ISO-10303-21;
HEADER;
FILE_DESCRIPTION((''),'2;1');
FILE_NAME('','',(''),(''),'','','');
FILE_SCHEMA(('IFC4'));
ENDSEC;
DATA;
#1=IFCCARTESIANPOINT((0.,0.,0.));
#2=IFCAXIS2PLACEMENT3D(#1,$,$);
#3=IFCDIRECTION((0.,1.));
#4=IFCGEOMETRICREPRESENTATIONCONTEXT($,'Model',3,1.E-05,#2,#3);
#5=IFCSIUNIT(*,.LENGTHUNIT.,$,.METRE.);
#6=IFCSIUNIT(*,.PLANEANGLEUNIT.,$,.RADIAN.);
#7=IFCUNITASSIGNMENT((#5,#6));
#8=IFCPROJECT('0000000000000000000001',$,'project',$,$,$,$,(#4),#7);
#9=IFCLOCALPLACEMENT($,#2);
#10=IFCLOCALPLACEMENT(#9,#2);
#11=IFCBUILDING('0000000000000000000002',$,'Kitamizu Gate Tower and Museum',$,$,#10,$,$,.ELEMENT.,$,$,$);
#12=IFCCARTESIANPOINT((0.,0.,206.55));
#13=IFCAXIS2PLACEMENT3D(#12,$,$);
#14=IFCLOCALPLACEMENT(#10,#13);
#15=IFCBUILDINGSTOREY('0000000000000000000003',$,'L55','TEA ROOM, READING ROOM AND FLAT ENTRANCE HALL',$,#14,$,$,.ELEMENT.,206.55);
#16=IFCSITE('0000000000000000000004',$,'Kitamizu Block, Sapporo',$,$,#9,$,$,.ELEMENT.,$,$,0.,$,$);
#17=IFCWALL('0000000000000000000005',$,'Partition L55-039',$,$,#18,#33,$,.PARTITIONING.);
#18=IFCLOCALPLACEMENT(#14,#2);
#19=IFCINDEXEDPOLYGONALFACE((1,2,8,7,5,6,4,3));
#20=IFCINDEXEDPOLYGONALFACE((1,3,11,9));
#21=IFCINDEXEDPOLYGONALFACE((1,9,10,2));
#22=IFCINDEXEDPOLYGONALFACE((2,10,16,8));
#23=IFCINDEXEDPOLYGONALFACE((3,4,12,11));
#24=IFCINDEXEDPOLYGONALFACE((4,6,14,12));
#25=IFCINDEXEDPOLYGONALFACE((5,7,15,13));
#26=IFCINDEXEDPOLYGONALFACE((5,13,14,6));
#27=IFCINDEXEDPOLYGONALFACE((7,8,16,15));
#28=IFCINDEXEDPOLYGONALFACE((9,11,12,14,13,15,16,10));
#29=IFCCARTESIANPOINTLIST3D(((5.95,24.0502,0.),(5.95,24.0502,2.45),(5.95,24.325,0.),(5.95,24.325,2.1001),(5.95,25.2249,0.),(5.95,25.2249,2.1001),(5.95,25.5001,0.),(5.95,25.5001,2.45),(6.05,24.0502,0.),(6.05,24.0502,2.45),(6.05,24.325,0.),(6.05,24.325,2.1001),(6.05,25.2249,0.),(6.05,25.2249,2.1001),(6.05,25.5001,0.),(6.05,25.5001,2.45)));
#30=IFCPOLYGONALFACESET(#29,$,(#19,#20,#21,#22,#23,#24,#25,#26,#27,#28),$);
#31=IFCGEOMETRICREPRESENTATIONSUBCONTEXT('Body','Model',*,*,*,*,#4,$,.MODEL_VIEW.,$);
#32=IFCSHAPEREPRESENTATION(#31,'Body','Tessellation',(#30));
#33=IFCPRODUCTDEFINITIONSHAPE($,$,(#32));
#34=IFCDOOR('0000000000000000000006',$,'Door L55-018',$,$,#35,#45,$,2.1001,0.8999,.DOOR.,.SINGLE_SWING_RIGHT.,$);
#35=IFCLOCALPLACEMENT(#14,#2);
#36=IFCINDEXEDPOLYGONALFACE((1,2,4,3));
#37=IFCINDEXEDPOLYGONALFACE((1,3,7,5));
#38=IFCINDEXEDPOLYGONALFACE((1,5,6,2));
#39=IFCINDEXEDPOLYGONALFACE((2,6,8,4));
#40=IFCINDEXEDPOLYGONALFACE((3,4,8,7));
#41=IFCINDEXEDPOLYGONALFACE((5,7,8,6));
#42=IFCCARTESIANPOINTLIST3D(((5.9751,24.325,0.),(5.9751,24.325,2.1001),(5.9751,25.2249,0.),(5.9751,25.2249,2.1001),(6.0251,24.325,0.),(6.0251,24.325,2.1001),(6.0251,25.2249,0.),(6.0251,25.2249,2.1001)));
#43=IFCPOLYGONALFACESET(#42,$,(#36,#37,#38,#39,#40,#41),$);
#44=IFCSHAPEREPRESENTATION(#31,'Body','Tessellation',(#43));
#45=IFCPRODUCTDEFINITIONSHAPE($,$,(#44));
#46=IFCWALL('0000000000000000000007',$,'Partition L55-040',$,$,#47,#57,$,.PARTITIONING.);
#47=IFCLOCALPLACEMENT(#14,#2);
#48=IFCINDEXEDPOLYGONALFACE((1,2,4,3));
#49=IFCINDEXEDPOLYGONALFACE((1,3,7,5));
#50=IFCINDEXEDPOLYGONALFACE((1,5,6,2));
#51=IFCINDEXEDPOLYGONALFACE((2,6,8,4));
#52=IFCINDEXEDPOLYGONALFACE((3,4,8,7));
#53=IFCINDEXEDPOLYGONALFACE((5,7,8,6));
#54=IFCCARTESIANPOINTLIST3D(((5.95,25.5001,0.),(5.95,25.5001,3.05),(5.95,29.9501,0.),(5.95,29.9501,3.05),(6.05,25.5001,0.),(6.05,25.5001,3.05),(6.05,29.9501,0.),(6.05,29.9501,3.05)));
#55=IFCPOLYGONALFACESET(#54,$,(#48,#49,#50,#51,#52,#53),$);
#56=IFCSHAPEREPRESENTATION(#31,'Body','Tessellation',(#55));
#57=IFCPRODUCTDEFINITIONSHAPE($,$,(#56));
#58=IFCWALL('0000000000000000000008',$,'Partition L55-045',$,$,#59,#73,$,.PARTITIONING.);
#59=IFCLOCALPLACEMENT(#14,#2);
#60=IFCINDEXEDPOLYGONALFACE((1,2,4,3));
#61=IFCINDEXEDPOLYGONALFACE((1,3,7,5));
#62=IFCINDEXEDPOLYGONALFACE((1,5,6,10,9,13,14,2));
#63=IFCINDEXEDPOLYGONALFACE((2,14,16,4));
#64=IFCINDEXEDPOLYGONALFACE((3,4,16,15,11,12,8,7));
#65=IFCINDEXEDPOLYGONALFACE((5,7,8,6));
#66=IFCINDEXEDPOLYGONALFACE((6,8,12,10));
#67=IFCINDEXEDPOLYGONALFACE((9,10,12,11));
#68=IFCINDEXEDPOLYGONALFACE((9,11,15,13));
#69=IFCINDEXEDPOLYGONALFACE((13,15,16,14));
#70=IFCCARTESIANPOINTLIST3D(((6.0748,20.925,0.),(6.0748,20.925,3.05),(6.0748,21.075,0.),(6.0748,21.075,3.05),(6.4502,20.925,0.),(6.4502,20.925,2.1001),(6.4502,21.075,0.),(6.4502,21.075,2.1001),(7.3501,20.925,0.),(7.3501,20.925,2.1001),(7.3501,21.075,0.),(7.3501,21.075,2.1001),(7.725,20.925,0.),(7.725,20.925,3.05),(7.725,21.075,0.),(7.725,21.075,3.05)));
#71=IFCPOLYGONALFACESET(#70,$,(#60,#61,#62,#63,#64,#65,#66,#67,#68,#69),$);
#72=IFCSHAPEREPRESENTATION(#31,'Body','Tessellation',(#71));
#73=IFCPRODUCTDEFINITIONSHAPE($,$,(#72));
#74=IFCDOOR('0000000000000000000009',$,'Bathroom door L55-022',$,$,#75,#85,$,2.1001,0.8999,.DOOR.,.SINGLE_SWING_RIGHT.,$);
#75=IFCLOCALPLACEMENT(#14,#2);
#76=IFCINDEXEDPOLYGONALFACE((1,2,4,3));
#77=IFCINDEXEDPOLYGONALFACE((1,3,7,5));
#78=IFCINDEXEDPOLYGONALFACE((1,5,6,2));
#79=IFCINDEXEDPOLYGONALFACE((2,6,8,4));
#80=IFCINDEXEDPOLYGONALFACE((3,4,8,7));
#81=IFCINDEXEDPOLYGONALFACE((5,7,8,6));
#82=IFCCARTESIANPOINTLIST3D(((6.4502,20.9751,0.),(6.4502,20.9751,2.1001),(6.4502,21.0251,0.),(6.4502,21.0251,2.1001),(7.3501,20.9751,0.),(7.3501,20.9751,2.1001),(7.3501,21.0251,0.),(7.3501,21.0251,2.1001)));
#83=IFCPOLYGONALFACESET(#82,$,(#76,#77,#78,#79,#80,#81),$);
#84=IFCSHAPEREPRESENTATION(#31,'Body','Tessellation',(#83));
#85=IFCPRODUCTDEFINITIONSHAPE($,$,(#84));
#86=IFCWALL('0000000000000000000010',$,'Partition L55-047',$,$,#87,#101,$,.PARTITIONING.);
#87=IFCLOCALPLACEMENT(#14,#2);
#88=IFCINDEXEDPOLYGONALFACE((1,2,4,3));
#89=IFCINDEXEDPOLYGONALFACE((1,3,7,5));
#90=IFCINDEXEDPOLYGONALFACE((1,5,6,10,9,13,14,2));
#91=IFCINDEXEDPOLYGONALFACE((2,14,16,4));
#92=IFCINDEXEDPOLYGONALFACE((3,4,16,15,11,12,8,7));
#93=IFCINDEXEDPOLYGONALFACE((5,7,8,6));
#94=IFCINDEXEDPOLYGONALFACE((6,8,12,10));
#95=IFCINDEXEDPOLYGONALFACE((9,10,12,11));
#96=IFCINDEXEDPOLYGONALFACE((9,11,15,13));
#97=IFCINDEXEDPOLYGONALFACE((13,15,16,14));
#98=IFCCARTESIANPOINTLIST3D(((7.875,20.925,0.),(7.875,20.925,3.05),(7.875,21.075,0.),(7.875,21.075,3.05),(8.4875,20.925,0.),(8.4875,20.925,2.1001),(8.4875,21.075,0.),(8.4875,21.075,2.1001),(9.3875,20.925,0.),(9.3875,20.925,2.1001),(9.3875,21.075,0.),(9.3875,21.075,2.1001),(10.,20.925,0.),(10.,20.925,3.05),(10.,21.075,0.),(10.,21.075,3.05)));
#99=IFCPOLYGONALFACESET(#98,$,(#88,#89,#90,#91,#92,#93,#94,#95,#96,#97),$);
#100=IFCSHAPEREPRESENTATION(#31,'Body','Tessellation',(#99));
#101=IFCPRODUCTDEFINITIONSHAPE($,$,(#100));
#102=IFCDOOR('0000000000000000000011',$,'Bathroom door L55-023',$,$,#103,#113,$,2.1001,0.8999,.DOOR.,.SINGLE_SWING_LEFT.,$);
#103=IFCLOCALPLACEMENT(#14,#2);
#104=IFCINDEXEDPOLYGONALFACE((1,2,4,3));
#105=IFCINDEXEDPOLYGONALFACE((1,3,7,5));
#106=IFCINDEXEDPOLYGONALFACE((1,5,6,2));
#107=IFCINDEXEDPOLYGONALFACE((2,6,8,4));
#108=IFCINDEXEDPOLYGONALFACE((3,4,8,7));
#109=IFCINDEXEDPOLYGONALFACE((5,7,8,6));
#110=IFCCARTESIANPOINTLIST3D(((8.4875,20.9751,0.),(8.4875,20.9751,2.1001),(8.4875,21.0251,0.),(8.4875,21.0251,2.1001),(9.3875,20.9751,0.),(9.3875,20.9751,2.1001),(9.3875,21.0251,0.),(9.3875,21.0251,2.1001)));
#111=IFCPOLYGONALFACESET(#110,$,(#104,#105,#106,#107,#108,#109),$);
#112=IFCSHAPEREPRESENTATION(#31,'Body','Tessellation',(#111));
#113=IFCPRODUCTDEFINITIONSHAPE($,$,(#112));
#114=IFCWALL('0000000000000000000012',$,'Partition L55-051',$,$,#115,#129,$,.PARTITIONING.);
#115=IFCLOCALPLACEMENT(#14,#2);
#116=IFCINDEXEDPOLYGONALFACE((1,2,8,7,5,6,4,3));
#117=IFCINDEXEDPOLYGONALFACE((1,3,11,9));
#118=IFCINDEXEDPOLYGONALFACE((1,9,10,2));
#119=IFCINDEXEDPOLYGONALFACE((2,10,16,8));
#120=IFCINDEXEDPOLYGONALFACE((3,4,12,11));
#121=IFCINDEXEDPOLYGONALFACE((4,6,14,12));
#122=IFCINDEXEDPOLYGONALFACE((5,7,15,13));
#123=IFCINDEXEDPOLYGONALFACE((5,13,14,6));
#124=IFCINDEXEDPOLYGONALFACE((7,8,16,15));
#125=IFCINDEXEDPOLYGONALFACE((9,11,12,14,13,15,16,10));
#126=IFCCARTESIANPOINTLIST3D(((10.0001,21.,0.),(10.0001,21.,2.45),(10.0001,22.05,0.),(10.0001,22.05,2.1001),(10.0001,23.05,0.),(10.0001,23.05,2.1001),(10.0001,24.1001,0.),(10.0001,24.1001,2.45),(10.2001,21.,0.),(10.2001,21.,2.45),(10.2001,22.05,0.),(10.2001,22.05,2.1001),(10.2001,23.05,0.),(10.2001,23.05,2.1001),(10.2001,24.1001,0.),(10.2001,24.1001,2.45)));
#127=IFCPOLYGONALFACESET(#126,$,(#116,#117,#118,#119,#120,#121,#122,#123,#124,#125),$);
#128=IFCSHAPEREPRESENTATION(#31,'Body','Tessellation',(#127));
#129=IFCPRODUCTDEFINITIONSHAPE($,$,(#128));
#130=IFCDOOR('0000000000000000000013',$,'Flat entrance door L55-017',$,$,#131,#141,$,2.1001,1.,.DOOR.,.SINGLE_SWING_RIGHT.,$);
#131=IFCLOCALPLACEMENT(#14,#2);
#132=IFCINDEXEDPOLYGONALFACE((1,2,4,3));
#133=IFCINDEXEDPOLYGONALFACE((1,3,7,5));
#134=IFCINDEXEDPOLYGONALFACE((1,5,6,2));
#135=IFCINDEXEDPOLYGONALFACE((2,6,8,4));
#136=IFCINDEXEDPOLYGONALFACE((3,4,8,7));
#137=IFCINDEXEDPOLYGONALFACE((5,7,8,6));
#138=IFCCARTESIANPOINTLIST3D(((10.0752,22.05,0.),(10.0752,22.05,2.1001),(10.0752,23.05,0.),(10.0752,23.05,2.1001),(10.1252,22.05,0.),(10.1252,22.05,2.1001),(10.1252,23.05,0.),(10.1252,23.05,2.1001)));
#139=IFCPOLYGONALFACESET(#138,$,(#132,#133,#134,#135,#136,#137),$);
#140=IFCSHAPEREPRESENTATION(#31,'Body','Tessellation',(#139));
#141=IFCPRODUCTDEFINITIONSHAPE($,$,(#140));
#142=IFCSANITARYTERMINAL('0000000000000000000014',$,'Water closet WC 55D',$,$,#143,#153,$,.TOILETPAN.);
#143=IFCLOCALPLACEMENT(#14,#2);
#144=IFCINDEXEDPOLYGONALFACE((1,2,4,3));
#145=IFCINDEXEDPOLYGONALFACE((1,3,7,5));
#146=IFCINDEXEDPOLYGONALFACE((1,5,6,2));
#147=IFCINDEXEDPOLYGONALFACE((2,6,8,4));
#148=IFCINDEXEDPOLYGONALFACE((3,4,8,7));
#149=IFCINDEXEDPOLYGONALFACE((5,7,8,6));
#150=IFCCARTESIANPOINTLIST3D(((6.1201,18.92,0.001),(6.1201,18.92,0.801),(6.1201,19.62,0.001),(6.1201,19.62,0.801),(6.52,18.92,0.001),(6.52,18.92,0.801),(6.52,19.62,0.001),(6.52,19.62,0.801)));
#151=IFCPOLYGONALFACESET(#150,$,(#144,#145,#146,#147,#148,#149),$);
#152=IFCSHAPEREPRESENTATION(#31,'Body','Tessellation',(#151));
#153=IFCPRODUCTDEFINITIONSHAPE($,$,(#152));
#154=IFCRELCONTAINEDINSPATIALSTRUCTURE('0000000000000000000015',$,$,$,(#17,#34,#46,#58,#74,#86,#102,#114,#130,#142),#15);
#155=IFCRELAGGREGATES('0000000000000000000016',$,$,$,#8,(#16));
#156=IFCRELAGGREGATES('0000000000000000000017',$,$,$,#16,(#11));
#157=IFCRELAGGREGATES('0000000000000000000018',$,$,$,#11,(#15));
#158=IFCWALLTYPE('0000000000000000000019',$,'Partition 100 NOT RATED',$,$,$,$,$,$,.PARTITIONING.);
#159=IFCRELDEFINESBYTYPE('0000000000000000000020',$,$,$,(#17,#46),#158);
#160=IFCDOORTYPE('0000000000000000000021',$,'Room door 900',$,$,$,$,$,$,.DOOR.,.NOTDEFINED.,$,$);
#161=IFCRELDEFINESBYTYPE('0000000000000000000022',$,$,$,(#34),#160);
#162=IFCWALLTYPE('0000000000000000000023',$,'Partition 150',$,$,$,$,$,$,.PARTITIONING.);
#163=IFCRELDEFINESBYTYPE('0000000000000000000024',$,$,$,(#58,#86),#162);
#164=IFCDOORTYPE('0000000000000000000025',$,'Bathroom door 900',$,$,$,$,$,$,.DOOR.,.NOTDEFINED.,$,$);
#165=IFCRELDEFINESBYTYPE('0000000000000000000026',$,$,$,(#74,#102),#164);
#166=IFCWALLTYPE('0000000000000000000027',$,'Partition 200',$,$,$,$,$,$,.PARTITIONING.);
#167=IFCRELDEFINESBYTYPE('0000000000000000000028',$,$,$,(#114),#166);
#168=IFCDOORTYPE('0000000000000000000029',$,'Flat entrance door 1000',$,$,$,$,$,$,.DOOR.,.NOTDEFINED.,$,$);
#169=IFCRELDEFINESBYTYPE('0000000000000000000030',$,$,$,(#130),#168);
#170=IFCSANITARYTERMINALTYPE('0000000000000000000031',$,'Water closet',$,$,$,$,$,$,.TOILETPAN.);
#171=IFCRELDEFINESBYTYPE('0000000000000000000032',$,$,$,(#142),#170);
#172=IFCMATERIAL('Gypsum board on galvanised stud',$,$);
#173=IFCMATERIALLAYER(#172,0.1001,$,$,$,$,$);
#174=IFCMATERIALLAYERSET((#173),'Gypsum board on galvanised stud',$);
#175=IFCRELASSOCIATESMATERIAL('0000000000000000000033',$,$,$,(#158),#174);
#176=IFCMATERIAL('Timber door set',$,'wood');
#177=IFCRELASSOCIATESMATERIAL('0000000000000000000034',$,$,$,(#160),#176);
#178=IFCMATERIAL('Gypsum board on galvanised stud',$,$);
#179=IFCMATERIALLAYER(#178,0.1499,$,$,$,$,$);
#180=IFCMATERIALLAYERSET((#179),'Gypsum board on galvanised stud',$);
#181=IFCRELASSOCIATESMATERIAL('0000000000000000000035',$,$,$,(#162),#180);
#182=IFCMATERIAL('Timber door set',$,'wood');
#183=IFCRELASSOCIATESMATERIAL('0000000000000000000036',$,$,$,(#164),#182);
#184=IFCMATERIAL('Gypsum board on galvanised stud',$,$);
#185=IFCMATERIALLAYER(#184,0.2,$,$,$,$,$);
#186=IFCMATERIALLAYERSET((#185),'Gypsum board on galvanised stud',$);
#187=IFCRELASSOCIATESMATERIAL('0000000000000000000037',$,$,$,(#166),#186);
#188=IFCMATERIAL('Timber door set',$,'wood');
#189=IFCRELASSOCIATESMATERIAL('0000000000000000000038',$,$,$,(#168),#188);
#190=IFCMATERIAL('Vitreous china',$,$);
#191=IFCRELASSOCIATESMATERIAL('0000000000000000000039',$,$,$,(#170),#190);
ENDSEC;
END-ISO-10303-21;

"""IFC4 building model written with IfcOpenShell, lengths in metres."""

from ifc_helpers import new_model, si_unit, direction, frame, frame_2d, origin, origin_2d, place, context, subcontext, project, spatial, rectangle, extrude, material, layer, layer_set, type_object, element, fill, save


model = new_model("IFC4")

# Units and contexts
model_context = context("Model", 3, precision=1e-05, world=origin(), true_north=direction((0.0, 1.0)))
body_context = subcontext(model_context, "Body", "Model", "MODEL_VIEW")
ifc_project = project(units=[si_unit("LENGTHUNIT", "METRE"), si_unit("PLANEANGLEUNIT", "RADIAN")], contexts=[model_context])

# Site, building, storey
site_placement = place(None, origin())
site = spatial("IfcSite", under=ifc_project, at=site_placement, Name="Kitamizu Block, Sapporo", CompositionType="ELEMENT", RefElevation=0.0)
building_placement = place(site_placement, origin())
building = spatial("IfcBuilding", under=site, at=building_placement, Name="Kitamizu Gate Tower and Museum", CompositionType="ELEMENT")
storey_placement = place(building_placement, frame((0.0, 0.0, 206.55)))
storey = spatial("IfcBuildingStorey", under=building, at=storey_placement, Name="L55", Description="TEA ROOM, READING ROOM AND FLAT ENTRANCE HALL", CompositionType="ELEMENT", Elevation=206.55)

# Shared definitions
ifc_material_1 = material(Name="Gypsum board on galvanised stud")
ifc_layer_1 = layer(ifc_material_1, 0.1001)
ifc_layer_set_1 = layer_set([ifc_layer_1], Name="Gypsum board on galvanised stud")
wall_type_1 = type_object("IfcWallType", Name="Partition 100 NOT RATED", PredefinedType="PARTITIONING", material=ifc_layer_set_1)
ifc_material_2 = material(Name="Timber door set", Category="wood")
door_type_1 = type_object("IfcDoorType", Name="Room door 900", OperationType="NOTDEFINED", PredefinedType="DOOR", material=ifc_material_2)

# Wall, opening, door
wall_1_placement = place(storey_placement, frame((6.0, 24.05, 0.0), z_axis=(0.0, 0.0, 1.0), x_axis=(0.0, 1.0, 0.0)))
wall_1 = element("IfcWall", 1, at=wall_1_placement, inside=storey, type_object=wall_type_1, Name="Partition L55-039", PredefinedType="PARTITIONING", context=body_context, shape_type="SweptSolid", body=[
    extrude(rectangle(XDim=1.45, YDim=0.1001, at=frame_2d((0.7251, 0.0))), origin(), (0.0, 0.0, 1.0), 2.45),
])
opening_1_placement = place(wall_1_placement, frame((0.2749, 0.0, 0.0)))
opening_1 = element("IfcOpeningElement", 2, at=opening_1_placement, cuts=wall_1, PredefinedType="OPENING", context=body_context, shape_type="SweptSolid", body=[
    extrude(rectangle(XDim=0.8999, YDim=2.1001, at=frame_2d((0.45, 1.05))), frame((0.0, 0.0601, 0.0), z_axis=(0.0, -1.0, 0.0), x_axis=(1.0, 0.0, 0.0)), (0.0, 0.0, 1.0), 0.1201),
])
door_1_placement = place(opening_1_placement, origin())
door_1 = element("IfcDoor", 3, at=door_1_placement, inside=storey, type_object=door_type_1, Name="Door L55-018", OperationType="SINGLE_SWING_RIGHT", OverallHeight=2.1001, OverallWidth=0.8999, PredefinedType="DOOR", context=body_context, shape_type="SweptSolid", body=[
    extrude(rectangle(XDim=0.8999, YDim=2.1001, at=frame_2d((0.45, 1.05))), frame((0.0, 0.0249, 0.0), z_axis=(0.0, -1.0, 0.0), x_axis=(1.0, 0.0, 0.0)), (0.0, 0.0, 1.0), 0.05),
])
fill(opening_1, door_1)

# Wall
wall_2_placement = place(storey_placement, frame((6.0, 25.5, 0.0), z_axis=(0.0, 0.0, 1.0), x_axis=(0.0, 1.0, 0.0)))
element("IfcWall", 4, at=wall_2_placement, inside=storey, type_object=wall_type_1, Name="Partition L55-040", PredefinedType="PARTITIONING", context=body_context, shape_type="SweptSolid", body=[
    extrude(rectangle(XDim=4.45, YDim=0.1001, at=frame_2d((2.2251, 0.0))), origin(), (0.0, 0.0, 1.0), 3.05),
])

# Walls, openings, doors
ifc_material_3 = material(Name="Gypsum board on galvanised stud")
ifc_layer_2 = layer(ifc_material_3, 0.1499)
ifc_layer_set_2 = layer_set([ifc_layer_2], Name="Gypsum board on galvanised stud")
wall_type_2 = type_object("IfcWallType", Name="Partition 150", PredefinedType="PARTITIONING", material=ifc_layer_set_2)
wall_3_placement = place(storey_placement, frame((7.7251, 21.0, 0.0), z_axis=(0.0, 0.0, 1.0), x_axis=(-1.0, 0.0, 0.0)))
wall_3 = element("IfcWall", 5, at=wall_3_placement, inside=storey, type_object=wall_type_2, Name="Partition L55-045", PredefinedType="PARTITIONING", context=body_context, shape_type="SweptSolid", body=[
    extrude(rectangle(XDim=1.6501, YDim=0.1499, at=frame_2d((0.8252, 0.0))), origin(), (0.0, 0.0, 1.0), 3.05),
])
opening_2_placement = place(wall_3_placement, frame((0.375, 0.0, 0.0)))
opening_2 = element("IfcOpeningElement", 6, at=opening_2_placement, cuts=wall_3, PredefinedType="OPENING", context=body_context, shape_type="SweptSolid", body=[
    extrude(rectangle(XDim=0.8999, YDim=2.1001, at=frame_2d((0.45, 1.05))), frame((0.0, 0.085, 0.0), z_axis=(0.0, -1.0, 0.0), x_axis=(1.0, 0.0, 0.0)), (0.0, 0.0, 1.0), 0.1699),
])
ifc_material_4 = material(Name="Timber door set", Category="wood")
door_type_2 = type_object("IfcDoorType", Name="Bathroom door 900", OperationType="NOTDEFINED", PredefinedType="DOOR", material=ifc_material_4)
door_2_placement = place(opening_2_placement, origin())
door_2 = element("IfcDoor", 7, at=door_2_placement, inside=storey, type_object=door_type_2, Name="Bathroom door L55-022", OperationType="SINGLE_SWING_RIGHT", OverallHeight=2.1001, OverallWidth=0.8999, PredefinedType="DOOR", context=body_context, shape_type="SweptSolid", body=[
    extrude(rectangle(XDim=0.8999, YDim=2.1001, at=frame_2d((0.45, 1.05))), frame((0.0, 0.0249, 0.0), z_axis=(0.0, -1.0, 0.0), x_axis=(1.0, 0.0, 0.0)), (0.0, 0.0, 1.0), 0.05),
])
fill(opening_2, door_2)
wall_4_placement = place(storey_placement, frame((10.0, 21.0, 0.0), z_axis=(0.0, 0.0, 1.0), x_axis=(-1.0, 0.0, 0.0)))
wall_4 = element("IfcWall", 8, at=wall_4_placement, inside=storey, type_object=wall_type_2, Name="Partition L55-047", PredefinedType="PARTITIONING", context=body_context, shape_type="SweptSolid", body=[
    extrude(rectangle(XDim=2.125, YDim=0.1499, at=frame_2d((1.0625, 0.0))), origin(), (0.0, 0.0, 1.0), 3.05),
])
opening_3_placement = place(wall_4_placement, frame((0.6125, 0.0, 0.0)))
opening_3 = element("IfcOpeningElement", 9, at=opening_3_placement, cuts=wall_4, PredefinedType="OPENING", context=body_context, shape_type="SweptSolid", body=[
    extrude(rectangle(XDim=0.8999, YDim=2.1001, at=frame_2d((0.45, 1.05))), frame((0.0, 0.085, 0.0), z_axis=(0.0, -1.0, 0.0), x_axis=(1.0, 0.0, 0.0)), (0.0, 0.0, 1.0), 0.1699),
])
door_3_placement = place(opening_3_placement, origin())
door_3 = element("IfcDoor", 10, at=door_3_placement, inside=storey, type_object=door_type_2, Name="Bathroom door L55-023", OperationType="SINGLE_SWING_LEFT", OverallHeight=2.1001, OverallWidth=0.8999, PredefinedType="DOOR", context=body_context, shape_type="SweptSolid", body=[
    extrude(rectangle(XDim=0.8999, YDim=2.1001, at=frame_2d((0.45, 1.05))), frame((0.0, 0.0249, 0.0), z_axis=(0.0, -1.0, 0.0), x_axis=(1.0, 0.0, 0.0)), (0.0, 0.0, 1.0), 0.05),
])
fill(opening_3, door_3)
ifc_material_5 = material(Name="Gypsum board on galvanised stud")
ifc_layer_3 = layer(ifc_material_5, 0.2)
ifc_layer_set_3 = layer_set([ifc_layer_3], Name="Gypsum board on galvanised stud")
wall_type_3 = type_object("IfcWallType", Name="Partition 200", PredefinedType="PARTITIONING", material=ifc_layer_set_3)
wall_5_placement = place(storey_placement, frame((10.1001, 21.0, 0.0), z_axis=(0.0, 0.0, 1.0), x_axis=(0.0, 1.0, 0.0)))
wall_5 = element("IfcWall", 11, at=wall_5_placement, inside=storey, type_object=wall_type_3, Name="Partition L55-051", PredefinedType="PARTITIONING", context=body_context, shape_type="SweptSolid", body=[
    extrude(rectangle(XDim=3.1001, YDim=0.2, at=frame_2d((1.55, 0.0))), origin(), (0.0, 0.0, 1.0), 2.45),
])
opening_4_placement = place(wall_5_placement, frame((1.05, 0.0, 0.0)))
opening_4 = element("IfcOpeningElement", 12, at=opening_4_placement, cuts=wall_5, PredefinedType="OPENING", context=body_context, shape_type="SweptSolid", body=[
    extrude(rectangle(XDim=1.0, YDim=2.1001, at=frame_2d((0.5, 1.05))), frame((0.0, 0.1099, 0.0), z_axis=(0.0, -1.0, 0.0), x_axis=(1.0, 0.0, 0.0)), (0.0, 0.0, 1.0), 0.22),
])
ifc_material_6 = material(Name="Timber door set", Category="wood")
door_type_3 = type_object("IfcDoorType", Name="Flat entrance door 1000", OperationType="NOTDEFINED", PredefinedType="DOOR", material=ifc_material_6)
door_4_placement = place(opening_4_placement, origin())
door_4 = element("IfcDoor", 13, at=door_4_placement, inside=storey, type_object=door_type_3, Name="Flat entrance door L55-017", OperationType="SINGLE_SWING_RIGHT", OverallHeight=2.1001, OverallWidth=1.0, PredefinedType="DOOR", context=body_context, shape_type="SweptSolid", body=[
    extrude(rectangle(XDim=1.0, YDim=2.1001, at=frame_2d((0.5, 1.05))), frame((0.0, 0.0249, 0.0), z_axis=(0.0, -1.0, 0.0), x_axis=(1.0, 0.0, 0.0)), (0.0, 0.0, 1.0), 0.05),
])
fill(opening_4, door_4)

# Sanitary terminal
ifc_material_7 = material(Name="Vitreous china")
sanitary_terminal_type = type_object("IfcSanitaryTerminalType", Name="Water closet", PredefinedType="TOILETPAN", material=ifc_material_7)
sanitary_terminal_placement = place(storey_placement, frame((6.3201, 19.27, 0.001), z_axis=(0.0, 0.0, 1.0), x_axis=(1.0, 0.0, 0.0)))
element("IfcSanitaryTerminal", 14, at=sanitary_terminal_placement, inside=storey, type_object=sanitary_terminal_type, Name="Water closet WC 55D", PredefinedType="TOILETPAN", context=body_context, shape_type="SweptSolid", body=[
    extrude(rectangle(XDim=0.3999, YDim=0.7, at=origin_2d()), origin(), (0.0, 0.0, 1.0), 0.8),
])

save(model, "model.ifc")
